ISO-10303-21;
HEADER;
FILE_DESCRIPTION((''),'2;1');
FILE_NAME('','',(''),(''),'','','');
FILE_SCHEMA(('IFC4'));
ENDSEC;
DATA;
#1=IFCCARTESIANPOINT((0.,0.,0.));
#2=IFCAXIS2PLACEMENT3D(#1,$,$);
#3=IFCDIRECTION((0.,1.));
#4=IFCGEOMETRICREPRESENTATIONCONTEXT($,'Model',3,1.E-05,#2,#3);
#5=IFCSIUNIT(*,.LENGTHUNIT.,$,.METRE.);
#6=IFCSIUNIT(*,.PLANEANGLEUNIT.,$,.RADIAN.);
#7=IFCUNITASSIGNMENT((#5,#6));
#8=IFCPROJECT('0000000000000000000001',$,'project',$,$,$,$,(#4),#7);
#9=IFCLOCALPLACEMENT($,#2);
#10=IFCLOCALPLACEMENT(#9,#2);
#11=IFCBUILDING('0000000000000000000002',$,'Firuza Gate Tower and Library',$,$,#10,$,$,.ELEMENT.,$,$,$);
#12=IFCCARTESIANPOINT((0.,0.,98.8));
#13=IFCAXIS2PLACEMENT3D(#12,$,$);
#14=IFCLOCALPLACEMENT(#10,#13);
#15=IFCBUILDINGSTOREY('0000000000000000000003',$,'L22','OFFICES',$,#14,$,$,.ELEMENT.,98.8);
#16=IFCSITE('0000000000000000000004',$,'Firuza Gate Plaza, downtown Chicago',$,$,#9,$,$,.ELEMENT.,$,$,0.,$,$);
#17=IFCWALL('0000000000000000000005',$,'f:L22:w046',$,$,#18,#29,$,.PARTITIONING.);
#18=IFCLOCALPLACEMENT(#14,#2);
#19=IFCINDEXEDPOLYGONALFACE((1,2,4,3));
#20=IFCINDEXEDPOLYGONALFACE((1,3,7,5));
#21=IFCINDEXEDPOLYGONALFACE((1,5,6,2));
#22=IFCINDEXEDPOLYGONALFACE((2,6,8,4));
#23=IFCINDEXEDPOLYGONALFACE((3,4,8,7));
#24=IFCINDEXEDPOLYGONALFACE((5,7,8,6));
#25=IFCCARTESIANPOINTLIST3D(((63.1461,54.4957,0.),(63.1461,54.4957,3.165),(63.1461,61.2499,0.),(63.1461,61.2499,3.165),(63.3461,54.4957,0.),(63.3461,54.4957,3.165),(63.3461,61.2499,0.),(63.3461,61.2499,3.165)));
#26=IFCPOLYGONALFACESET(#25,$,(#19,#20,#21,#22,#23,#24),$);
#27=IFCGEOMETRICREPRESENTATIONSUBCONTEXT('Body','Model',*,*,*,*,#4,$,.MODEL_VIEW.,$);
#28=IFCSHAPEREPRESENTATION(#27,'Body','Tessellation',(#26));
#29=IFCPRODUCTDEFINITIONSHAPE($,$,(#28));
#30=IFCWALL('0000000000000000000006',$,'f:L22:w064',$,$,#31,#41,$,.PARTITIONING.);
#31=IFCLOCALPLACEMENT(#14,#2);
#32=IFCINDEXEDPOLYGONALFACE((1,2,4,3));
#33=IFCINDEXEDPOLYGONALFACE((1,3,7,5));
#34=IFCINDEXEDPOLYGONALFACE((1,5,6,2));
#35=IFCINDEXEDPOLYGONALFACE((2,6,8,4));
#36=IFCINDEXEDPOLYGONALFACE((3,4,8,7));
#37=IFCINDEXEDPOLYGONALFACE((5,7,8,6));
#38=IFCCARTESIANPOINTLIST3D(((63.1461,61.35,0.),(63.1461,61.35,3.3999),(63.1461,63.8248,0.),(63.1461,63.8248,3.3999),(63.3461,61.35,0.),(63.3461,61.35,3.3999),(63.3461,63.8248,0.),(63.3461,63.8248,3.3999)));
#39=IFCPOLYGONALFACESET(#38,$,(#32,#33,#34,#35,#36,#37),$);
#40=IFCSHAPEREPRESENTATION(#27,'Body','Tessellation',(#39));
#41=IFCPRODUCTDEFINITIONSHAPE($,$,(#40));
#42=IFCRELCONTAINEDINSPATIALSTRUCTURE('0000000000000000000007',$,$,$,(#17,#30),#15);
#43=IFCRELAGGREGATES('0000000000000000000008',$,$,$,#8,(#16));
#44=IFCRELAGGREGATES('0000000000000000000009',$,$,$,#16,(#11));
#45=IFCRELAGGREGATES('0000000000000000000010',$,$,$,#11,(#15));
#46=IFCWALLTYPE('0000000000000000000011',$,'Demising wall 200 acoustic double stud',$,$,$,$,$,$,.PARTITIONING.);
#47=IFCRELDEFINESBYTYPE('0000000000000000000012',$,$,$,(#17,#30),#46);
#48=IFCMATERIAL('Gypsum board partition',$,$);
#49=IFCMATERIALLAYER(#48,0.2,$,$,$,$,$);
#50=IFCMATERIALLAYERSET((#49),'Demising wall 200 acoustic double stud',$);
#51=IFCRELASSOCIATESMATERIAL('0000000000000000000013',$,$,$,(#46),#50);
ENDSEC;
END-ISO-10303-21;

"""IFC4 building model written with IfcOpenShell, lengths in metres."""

from ifc_helpers import new_model, si_unit, direction, frame, frame_2d, origin, place, context, subcontext, project, spatial, rectangle, extrude, material, layer, layer_set, type_object, element, save


model = new_model("IFC4")

# Units and contexts
model_context = context("Model", 3, precision=1e-05, world=origin(), true_north=direction((0.0, 1.0)))
body_context = subcontext(model_context, "Body", "Model", "MODEL_VIEW")
ifc_project = project(units=[si_unit("LENGTHUNIT", "METRE"), si_unit("PLANEANGLEUNIT", "RADIAN")], contexts=[model_context])

# Site, building, storey
site_placement = place(None, origin())
site = spatial("IfcSite", under=ifc_project, at=site_placement, Name="Firuza Gate Plaza, downtown Chicago", CompositionType="ELEMENT", RefElevation=0.0)
building_placement = place(site_placement, origin())
building = spatial("IfcBuilding", under=site, at=building_placement, Name="Firuza Gate Tower and Library", CompositionType="ELEMENT")
storey_placement = place(building_placement, frame((0.0, 0.0, 98.8)))
storey = spatial("IfcBuildingStorey", under=building, at=storey_placement, Name="L22", Description="OFFICES", CompositionType="ELEMENT", Elevation=98.8)

# Walls
ifc_material_1 = material(Name="Gypsum board partition")
ifc_layer_1 = layer(ifc_material_1, 0.2)
ifc_layer_set_1 = layer_set([ifc_layer_1], Name="Demising wall 200 acoustic double stud")
wall_type_1 = type_object("IfcWallType", Name="Demising wall 200 acoustic double stud", PredefinedType="PARTITIONING", material=ifc_layer_set_1)
wall_1_placement = place(storey_placement, frame((63.2461, 54.4958, 0.0), z_axis=(0.0, 0.0, 1.0), x_axis=(0.0, 1.0, 0.0)))
element("IfcWall", 1, at=wall_1_placement, inside=storey, type_object=wall_type_1, Name="f:L22:w046", PredefinedType="PARTITIONING", context=body_context, shape_type="SweptSolid", body=[
    extrude(rectangle(XDim=6.7542, YDim=0.2, at=frame_2d((3.377, 0.0))), origin(), (0.0, 0.0, 1.0), 3.165),
])
wall_2_placement = place(storey_placement, frame((63.2461, 61.3501, 0.0), z_axis=(0.0, 0.0, 1.0), x_axis=(0.0, 1.0, 0.0)))
element("IfcWall", 2, at=wall_2_placement, inside=storey, type_object=wall_type_1, Name="f:L22:w064", PredefinedType="PARTITIONING", context=body_context, shape_type="SweptSolid", body=[
    extrude(rectangle(XDim=2.4749, YDim=0.2, at=frame_2d((1.2373, 0.0))), origin(), (0.0, 0.0, 1.0), 3.3999),
])

save(model, "model.ifc")
